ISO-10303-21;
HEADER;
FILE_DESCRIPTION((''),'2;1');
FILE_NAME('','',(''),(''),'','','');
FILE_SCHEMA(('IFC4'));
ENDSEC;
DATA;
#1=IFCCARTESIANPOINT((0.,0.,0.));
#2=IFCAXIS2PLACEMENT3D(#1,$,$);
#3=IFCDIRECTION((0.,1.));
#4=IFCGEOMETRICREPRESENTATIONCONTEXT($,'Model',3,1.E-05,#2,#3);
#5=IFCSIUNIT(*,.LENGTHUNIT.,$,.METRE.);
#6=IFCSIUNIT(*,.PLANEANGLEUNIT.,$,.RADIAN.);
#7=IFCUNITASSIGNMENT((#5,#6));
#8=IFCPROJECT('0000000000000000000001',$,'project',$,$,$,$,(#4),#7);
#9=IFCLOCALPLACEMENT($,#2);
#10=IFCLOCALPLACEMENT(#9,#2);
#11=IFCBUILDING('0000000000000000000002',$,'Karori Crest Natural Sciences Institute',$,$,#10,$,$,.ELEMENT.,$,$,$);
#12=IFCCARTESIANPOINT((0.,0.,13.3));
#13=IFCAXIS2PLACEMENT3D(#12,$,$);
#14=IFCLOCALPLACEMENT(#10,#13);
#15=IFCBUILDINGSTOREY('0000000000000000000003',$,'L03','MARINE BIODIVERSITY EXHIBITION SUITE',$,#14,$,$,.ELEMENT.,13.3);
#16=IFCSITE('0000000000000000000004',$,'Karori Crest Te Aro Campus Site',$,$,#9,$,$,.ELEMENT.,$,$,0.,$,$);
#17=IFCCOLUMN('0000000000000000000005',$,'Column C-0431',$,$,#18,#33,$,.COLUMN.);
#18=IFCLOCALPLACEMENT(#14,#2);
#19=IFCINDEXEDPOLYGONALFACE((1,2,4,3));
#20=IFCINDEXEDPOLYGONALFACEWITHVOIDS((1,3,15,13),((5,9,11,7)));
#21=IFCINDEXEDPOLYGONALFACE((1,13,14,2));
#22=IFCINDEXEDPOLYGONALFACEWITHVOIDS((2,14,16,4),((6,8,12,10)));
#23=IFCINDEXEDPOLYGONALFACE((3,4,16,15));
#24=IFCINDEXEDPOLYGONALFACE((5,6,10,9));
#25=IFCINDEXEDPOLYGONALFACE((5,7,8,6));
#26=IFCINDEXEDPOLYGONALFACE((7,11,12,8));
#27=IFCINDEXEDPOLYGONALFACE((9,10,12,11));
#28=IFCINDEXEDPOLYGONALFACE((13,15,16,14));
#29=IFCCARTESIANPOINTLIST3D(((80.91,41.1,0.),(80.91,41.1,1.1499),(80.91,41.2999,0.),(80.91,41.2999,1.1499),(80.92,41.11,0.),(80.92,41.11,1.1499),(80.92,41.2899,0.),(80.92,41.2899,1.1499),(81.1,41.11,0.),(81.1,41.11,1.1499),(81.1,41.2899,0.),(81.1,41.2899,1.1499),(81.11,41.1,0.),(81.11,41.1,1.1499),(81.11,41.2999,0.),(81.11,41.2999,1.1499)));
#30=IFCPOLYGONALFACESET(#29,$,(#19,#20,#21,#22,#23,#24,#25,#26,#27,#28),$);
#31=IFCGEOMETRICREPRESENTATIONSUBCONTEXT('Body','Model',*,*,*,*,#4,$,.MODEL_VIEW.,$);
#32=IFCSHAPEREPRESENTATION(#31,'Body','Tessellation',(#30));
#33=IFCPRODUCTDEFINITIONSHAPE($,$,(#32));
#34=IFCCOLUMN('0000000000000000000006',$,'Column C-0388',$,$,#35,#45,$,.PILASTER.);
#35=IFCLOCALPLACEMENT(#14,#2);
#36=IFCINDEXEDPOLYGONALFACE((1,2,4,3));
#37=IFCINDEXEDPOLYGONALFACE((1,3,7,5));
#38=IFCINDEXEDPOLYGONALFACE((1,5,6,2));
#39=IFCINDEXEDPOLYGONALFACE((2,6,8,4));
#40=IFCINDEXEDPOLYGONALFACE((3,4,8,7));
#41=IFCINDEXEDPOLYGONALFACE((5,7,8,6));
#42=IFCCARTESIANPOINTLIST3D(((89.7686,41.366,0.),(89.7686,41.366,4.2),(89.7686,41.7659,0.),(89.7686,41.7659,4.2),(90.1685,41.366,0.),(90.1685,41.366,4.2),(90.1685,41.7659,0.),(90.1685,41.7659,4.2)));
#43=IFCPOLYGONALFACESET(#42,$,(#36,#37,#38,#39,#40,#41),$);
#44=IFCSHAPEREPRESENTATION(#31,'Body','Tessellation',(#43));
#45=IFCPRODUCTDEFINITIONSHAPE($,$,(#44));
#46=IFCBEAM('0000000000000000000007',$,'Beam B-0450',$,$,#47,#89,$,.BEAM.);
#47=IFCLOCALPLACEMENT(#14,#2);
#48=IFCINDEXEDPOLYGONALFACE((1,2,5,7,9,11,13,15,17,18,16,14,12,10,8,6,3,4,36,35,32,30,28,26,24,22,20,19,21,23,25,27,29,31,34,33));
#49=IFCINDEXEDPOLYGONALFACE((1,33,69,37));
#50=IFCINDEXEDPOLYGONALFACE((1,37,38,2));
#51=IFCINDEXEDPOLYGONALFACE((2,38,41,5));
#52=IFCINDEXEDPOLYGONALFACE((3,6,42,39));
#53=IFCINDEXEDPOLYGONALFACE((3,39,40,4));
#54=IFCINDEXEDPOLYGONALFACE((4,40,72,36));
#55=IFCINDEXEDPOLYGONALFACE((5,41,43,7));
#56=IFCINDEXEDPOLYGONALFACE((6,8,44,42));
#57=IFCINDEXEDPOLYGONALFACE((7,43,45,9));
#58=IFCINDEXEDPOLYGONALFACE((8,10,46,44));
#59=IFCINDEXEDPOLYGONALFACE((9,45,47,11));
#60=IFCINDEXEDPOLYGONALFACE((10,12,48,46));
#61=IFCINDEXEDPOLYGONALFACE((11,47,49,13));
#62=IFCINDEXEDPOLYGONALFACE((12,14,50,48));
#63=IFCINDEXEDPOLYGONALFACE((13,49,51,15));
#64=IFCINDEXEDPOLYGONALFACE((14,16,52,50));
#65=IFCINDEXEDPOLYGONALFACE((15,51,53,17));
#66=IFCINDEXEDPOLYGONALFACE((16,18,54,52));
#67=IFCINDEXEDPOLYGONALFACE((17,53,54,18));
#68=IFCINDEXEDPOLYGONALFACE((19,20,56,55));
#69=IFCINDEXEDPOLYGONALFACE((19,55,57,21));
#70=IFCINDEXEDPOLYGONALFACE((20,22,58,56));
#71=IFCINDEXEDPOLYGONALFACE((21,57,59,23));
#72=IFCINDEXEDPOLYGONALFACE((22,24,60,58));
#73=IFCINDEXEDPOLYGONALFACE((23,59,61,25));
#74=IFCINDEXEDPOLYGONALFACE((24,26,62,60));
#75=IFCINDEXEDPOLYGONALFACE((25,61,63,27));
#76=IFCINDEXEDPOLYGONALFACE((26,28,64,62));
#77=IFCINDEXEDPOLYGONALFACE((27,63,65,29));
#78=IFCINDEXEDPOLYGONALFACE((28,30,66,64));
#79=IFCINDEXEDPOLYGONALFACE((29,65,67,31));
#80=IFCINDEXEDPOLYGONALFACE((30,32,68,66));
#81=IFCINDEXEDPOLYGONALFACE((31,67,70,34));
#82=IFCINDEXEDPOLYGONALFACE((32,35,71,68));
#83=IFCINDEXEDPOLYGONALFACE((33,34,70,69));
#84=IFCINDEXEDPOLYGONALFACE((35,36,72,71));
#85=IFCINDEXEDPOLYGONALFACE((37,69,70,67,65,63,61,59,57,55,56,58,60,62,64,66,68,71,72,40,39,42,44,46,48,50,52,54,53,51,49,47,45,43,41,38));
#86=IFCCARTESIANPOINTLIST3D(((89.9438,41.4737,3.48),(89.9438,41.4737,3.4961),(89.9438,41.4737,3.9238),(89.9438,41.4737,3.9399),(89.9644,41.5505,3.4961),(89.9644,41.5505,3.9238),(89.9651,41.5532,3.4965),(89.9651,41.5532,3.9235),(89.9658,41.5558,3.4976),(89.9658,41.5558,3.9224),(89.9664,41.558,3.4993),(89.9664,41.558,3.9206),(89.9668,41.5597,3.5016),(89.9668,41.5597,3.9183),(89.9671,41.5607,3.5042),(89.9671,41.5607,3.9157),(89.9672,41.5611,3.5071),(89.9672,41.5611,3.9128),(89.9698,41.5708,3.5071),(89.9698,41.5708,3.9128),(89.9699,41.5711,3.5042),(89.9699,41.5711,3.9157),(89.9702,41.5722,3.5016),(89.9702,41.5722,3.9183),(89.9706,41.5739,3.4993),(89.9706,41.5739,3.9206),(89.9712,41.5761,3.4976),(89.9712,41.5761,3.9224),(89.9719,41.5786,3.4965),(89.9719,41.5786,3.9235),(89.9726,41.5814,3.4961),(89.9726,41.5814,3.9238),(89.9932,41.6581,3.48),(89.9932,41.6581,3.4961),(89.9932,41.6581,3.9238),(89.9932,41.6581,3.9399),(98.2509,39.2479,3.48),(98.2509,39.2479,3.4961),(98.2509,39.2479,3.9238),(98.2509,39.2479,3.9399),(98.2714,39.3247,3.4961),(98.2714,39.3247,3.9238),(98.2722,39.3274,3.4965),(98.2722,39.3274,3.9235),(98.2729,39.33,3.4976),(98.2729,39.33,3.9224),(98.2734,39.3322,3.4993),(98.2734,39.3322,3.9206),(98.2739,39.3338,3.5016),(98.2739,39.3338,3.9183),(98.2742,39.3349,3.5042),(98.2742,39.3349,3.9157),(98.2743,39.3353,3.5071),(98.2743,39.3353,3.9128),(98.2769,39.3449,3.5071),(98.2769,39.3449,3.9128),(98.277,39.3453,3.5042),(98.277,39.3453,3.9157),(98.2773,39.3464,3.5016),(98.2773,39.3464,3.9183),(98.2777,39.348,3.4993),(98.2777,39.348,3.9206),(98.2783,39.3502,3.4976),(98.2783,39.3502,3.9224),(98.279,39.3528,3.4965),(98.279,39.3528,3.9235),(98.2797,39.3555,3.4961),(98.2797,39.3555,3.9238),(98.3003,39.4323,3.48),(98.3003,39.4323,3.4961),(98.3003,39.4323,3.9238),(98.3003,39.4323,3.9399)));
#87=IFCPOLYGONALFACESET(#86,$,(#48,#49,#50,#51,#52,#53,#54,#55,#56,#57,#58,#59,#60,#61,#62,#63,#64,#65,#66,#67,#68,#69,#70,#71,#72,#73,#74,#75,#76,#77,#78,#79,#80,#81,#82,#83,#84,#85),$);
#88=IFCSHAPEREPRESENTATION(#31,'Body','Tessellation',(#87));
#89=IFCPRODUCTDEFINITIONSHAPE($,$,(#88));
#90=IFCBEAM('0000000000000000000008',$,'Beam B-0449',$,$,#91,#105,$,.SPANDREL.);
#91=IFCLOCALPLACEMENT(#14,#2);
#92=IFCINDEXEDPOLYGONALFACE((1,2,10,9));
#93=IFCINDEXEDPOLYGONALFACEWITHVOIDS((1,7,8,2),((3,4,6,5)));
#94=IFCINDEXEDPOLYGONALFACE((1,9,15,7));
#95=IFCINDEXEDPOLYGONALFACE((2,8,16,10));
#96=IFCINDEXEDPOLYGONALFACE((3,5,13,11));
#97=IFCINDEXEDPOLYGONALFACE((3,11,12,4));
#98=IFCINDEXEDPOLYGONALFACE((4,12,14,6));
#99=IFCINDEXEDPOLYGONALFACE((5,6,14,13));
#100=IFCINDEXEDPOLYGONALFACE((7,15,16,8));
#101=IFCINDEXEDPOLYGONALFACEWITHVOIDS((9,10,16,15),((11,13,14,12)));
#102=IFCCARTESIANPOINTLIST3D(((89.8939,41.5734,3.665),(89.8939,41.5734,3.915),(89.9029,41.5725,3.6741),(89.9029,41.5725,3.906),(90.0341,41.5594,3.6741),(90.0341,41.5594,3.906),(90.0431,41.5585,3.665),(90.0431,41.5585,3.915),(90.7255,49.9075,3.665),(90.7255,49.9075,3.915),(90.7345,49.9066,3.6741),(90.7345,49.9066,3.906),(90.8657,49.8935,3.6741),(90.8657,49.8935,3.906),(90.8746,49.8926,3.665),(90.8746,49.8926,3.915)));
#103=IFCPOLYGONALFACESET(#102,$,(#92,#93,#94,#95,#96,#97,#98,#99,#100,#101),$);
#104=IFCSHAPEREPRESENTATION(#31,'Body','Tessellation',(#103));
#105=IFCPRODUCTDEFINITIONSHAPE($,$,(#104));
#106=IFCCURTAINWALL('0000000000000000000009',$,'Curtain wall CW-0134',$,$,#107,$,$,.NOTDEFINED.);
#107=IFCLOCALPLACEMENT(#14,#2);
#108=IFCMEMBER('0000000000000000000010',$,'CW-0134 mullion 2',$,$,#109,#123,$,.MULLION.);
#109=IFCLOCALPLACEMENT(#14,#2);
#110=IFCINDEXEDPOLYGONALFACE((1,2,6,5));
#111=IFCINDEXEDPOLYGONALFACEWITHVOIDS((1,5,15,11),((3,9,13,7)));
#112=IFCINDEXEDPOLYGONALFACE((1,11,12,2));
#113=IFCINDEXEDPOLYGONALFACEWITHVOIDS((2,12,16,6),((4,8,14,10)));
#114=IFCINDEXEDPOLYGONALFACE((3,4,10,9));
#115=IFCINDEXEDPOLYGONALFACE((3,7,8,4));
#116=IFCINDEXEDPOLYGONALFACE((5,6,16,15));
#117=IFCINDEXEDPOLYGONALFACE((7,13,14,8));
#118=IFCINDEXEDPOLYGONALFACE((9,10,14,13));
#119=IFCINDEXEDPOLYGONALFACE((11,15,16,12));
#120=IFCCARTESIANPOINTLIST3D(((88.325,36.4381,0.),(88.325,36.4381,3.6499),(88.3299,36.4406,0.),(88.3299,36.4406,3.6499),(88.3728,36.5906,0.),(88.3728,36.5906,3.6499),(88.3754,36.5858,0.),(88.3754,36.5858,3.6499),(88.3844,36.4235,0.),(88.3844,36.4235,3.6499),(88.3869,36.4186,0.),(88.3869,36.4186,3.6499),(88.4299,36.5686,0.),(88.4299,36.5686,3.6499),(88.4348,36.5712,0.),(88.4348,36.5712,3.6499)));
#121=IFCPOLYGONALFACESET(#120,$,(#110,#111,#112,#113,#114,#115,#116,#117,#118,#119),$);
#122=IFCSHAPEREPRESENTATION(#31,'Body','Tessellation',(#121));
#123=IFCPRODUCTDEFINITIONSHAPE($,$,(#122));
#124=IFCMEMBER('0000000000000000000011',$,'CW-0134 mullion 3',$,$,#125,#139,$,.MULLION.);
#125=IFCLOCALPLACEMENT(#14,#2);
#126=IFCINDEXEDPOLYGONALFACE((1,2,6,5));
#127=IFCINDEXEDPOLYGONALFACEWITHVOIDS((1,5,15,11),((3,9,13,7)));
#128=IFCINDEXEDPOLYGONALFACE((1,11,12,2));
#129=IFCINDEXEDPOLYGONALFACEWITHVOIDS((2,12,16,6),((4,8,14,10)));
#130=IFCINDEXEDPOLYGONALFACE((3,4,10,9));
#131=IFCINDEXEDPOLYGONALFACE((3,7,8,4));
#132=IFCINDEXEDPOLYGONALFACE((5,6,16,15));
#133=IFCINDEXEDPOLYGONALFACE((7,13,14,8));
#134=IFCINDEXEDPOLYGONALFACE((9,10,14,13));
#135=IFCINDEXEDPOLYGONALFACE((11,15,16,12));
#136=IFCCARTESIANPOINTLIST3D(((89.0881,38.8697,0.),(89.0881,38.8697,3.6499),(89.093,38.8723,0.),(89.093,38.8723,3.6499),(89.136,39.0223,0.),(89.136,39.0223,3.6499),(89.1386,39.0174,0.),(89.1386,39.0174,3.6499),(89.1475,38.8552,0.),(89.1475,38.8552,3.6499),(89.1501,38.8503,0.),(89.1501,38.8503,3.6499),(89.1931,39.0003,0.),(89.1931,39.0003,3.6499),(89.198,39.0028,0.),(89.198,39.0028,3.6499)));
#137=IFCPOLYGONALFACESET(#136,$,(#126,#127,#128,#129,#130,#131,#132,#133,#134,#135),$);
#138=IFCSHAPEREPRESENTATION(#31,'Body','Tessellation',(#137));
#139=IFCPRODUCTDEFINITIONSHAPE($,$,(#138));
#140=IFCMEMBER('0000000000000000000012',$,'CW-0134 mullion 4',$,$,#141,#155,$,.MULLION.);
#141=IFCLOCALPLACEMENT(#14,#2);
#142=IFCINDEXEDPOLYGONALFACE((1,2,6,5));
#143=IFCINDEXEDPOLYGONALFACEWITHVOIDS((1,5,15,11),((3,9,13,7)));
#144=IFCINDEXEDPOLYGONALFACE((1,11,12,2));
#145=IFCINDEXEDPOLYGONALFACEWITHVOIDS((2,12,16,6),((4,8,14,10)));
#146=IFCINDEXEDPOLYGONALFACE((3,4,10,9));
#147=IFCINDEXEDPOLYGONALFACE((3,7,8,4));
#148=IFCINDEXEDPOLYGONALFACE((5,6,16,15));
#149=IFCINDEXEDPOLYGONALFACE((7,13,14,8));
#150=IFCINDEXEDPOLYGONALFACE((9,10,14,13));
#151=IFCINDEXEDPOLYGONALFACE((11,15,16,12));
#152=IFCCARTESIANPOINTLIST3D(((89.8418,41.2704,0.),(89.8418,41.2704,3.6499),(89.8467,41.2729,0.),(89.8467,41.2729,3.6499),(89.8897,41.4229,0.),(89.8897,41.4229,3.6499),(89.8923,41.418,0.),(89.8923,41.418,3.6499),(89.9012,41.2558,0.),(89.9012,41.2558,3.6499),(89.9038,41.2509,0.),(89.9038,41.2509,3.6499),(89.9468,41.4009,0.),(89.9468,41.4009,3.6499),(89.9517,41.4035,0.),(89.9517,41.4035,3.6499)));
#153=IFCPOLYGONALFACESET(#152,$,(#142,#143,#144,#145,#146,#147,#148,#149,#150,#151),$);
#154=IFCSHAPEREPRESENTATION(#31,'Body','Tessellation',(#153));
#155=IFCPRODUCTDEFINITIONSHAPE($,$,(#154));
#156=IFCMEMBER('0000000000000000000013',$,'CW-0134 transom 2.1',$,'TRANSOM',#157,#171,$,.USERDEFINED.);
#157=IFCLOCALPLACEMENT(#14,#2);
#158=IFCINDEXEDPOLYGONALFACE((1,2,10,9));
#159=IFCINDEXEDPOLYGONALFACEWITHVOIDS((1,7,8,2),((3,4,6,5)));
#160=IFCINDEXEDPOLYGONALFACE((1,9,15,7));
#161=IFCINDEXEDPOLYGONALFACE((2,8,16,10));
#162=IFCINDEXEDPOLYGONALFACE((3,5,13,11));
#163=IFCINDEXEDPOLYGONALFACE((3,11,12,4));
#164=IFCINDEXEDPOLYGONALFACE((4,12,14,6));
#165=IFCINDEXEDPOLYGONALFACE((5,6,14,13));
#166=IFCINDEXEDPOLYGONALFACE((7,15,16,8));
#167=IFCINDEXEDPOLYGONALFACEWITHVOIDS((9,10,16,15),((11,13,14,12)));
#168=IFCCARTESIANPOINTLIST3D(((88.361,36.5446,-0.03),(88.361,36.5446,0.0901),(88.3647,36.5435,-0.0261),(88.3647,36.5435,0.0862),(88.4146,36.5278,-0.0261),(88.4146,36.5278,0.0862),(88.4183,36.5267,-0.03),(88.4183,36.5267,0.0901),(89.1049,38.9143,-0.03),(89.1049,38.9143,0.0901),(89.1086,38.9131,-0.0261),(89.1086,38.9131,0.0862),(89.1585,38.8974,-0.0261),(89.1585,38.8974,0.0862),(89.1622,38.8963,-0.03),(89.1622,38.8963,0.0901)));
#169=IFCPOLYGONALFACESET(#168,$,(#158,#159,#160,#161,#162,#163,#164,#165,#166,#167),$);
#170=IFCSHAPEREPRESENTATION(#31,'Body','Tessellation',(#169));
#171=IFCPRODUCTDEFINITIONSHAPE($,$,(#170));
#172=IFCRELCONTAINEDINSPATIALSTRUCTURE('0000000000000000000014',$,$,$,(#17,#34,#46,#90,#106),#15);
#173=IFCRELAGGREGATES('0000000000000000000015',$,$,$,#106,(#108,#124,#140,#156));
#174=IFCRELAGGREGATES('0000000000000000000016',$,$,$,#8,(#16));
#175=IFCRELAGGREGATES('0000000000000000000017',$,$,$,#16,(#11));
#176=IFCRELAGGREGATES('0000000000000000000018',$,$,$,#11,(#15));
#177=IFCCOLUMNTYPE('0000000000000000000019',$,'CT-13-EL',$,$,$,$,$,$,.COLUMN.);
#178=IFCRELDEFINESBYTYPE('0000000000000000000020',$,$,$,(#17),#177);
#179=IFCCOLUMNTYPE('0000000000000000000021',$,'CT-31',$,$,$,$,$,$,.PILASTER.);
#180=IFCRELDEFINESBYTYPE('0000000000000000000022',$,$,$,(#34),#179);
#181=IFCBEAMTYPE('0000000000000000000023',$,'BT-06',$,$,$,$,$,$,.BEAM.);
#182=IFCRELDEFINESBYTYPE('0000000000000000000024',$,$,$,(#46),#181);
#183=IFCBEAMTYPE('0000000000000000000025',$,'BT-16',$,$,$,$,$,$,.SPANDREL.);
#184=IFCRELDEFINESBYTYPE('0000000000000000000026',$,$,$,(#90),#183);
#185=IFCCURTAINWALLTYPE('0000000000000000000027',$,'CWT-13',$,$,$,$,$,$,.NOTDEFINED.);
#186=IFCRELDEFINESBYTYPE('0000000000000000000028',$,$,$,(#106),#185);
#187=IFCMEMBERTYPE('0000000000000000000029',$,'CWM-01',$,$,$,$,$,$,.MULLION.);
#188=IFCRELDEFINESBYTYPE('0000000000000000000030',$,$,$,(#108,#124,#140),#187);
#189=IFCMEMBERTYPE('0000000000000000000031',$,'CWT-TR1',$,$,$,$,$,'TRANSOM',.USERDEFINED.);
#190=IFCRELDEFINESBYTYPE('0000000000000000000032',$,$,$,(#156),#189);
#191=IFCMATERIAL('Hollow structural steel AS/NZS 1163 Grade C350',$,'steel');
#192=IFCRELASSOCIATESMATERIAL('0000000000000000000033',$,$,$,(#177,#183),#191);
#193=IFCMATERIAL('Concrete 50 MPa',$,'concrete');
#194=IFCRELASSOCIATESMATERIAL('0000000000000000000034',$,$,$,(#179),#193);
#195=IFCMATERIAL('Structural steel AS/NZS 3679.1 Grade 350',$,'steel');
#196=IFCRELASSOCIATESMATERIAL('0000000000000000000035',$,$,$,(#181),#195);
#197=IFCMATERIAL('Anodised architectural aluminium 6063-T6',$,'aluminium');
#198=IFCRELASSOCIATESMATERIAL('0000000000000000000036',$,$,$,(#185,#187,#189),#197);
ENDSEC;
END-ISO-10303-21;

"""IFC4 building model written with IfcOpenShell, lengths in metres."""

from ifc_helpers import new_model, si_unit, direction, frame, origin, origin_2d, place, context, subcontext, project, spatial, rectangle, hollow_rectangle, i_section, extrude, material, material_profile, profile_set, type_object, element, aggregate, save


model = new_model("IFC4")

# Units and contexts
model_context = context("Model", 3, precision=1e-05, world=origin(), true_north=direction((0.0, 1.0)))
body_context = subcontext(model_context, "Body", "Model", "MODEL_VIEW")
ifc_project = project(units=[si_unit("LENGTHUNIT", "METRE"), si_unit("PLANEANGLEUNIT", "RADIAN")], contexts=[model_context])

# Site, building, storey
site_placement = place(None, origin())
site = spatial("IfcSite", under=ifc_project, at=site_placement, Name="Karori Crest Te Aro Campus Site", CompositionType="ELEMENT", RefElevation=0.0)
building_placement = place(site_placement, origin())
building = spatial("IfcBuilding", under=site, at=building_placement, Name="Karori Crest Natural Sciences Institute", CompositionType="ELEMENT")
storey_placement = place(building_placement, frame((0.0, 0.0, 13.3)))
storey = spatial("IfcBuildingStorey", under=building, at=storey_placement, Name="L03", Description="MARINE BIODIVERSITY EXHIBITION SUITE", CompositionType="ELEMENT", Elevation=13.3)

# Columns
ifc_material_1 = material(Name="Hollow structural steel AS/NZS 1163 Grade C350", Category="steel")
ifc_material_profile_1 = material_profile(ifc_material_1, hollow_rectangle(XDim=0.2, YDim=0.2, WallThickness=0.01, at=origin_2d()), Name="SHS200x200x10")
ifc_profile_set_1 = profile_set([ifc_material_profile_1], Name="Hollow structural steel AS/NZS 1163 Grade C350")
column_type_1 = type_object("IfcColumnType", Name="CT-13-EL", PredefinedType="COLUMN", material=ifc_profile_set_1)
column_1_placement = place(storey_placement, frame((81.01, 41.2, 0.0), z_axis=(0.0, 0.0, 1.0), x_axis=(1.0, 0.0, 0.0)))
element("IfcColumn", 1, at=column_1_placement, inside=storey, type_object=column_type_1, Name="Column C-0431", PredefinedType="COLUMN", context=body_context, shape_type="SweptSolid", body=[
    extrude(hollow_rectangle(XDim=0.2, YDim=0.2, WallThickness=0.01, at=origin_2d()), origin(), (0.0, 0.0, 1.0), 1.1499),
])
ifc_material_2 = material(Name="Concrete 50 MPa", Category="concrete")
ifc_material_profile_2 = material_profile(ifc_material_2, rectangle(XDim=0.3999, YDim=0.3999, at=origin_2d()), Name="RC400x400")
ifc_profile_set_2 = profile_set([ifc_material_profile_2], Name="Concrete 50 MPa")
column_type_2 = type_object("IfcColumnType", Name="CT-31", PredefinedType="PILASTER", material=ifc_profile_set_2)
column_2_placement = place(storey_placement, frame((89.9685, 41.5659, 0.0), z_axis=(0.0, 0.0, 1.0), x_axis=(1.0, 0.0, 0.0)))
element("IfcColumn", 2, at=column_2_placement, inside=storey, type_object=column_type_2, Name="Column C-0388", PredefinedType="PILASTER", context=body_context, shape_type="SweptSolid", body=[
    extrude(rectangle(XDim=0.3999, YDim=0.3999, at=origin_2d()), origin(), (0.0, 0.0, 1.0), 4.2),
])

# Beams
ifc_material_3 = material(Name="Structural steel AS/NZS 3679.1 Grade 350", Category="steel")
ifc_material_profile_3 = material_profile(ifc_material_3, i_section(OverallWidth=0.1909, OverallDepth=0.46, WebThickness=0.01, FlangeThickness=0.0161, FilletRadius=0.011, at=origin_2d()), Name="460UB82.1")
ifc_profile_set_3 = profile_set([ifc_material_profile_3], Name="Structural steel AS/NZS 3679.1 Grade 350")
beam_type_1 = type_object("IfcBeamType", Name="BT-06", PredefinedType="BEAM", material=ifc_profile_set_3)
beam_1_placement = place(storey_placement, frame((89.9685, 41.5659, 3.71), z_axis=(0.965928, -0.258813, 0.0), x_axis=(0.258813, 0.965928, 0.0)))
element("IfcBeam", 3, at=beam_1_placement, inside=storey, type_object=beam_type_1, Name="Beam B-0450", PredefinedType="BEAM", context=body_context, shape_type="SweptSolid", body=[
    extrude(i_section(OverallWidth=0.1909, OverallDepth=0.46, WebThickness=0.01, FlangeThickness=0.0161, FilletRadius=0.011, at=origin_2d()), origin(), (0.0, 0.0, 1.0), 8.6001),
])
ifc_material_profile_4 = material_profile(ifc_material_1, hollow_rectangle(XDim=0.1499, YDim=0.25, WallThickness=0.009, at=origin_2d()), Name="RHS250x150x9")
ifc_profile_set_4 = profile_set([ifc_material_profile_4], Name="Hollow structural steel AS/NZS 1163 Grade C350")
beam_type_2 = type_object("IfcBeamType", Name="BT-16", PredefinedType="SPANDREL", material=ifc_profile_set_4)
beam_2_placement = place(storey_placement, frame((89.9685, 41.5659, 3.79), z_axis=(0.099284, 0.995059, 0.0), x_axis=(-0.995059, 0.099284, 0.0)))
element("IfcBeam", 4, at=beam_2_placement, inside=storey, type_object=beam_type_2, Name="Beam B-0449", PredefinedType="SPANDREL", context=body_context, shape_type="SweptSolid", body=[
    extrude(hollow_rectangle(XDim=0.1499, YDim=0.25, WallThickness=0.009, at=origin_2d()), origin(), (0.0, 0.0, 1.0), 8.3755),
])

# Curtain wall, members
ifc_material_4 = material(Name="Anodised architectural aluminium 6063-T6", Category="aluminium")
curtain_wall_type = type_object("IfcCurtainWallType", Name="CWT-13", PredefinedType="NOTDEFINED", material=ifc_material_4)
curtain_wall_placement = place(storey_placement, origin())
curtain_wall = element("IfcCurtainWall", 5, at=curtain_wall_placement, inside=storey, type_object=curtain_wall_type, Name="Curtain wall CW-0134", PredefinedType="NOTDEFINED")
ifc_material_profile_5 = material_profile(ifc_material_4, hollow_rectangle(XDim=0.0649, YDim=0.1599, WallThickness=0.0039, at=origin_2d()), Name="CWM160x65x4")
ifc_profile_set_5 = profile_set([ifc_material_profile_5], Name="Anodised architectural aluminium 6063-T6")
member_type_1 = type_object("IfcMemberType", Name="CWM-01", PredefinedType="MULLION", material=ifc_profile_set_5)
member_1_placement = place(storey_placement, frame((88.3799, 36.5046, 0.0), z_axis=(0.0, 0.0, 1.0), x_axis=(-0.954104, 0.299475, 0.0)))
member_1 = element("IfcMember", 6, at=member_1_placement, type_object=member_type_1, Name="CW-0134 mullion 2", PredefinedType="MULLION", context=body_context, shape_type="SweptSolid", body=[
    extrude(hollow_rectangle(XDim=0.0649, YDim=0.1599, WallThickness=0.0039, at=origin_2d()), origin(), (0.0, 0.0, 1.0), 3.6499),
])
member_2_placement = place(storey_placement, frame((89.1431, 38.9363, 0.0), z_axis=(0.0, 0.0, 1.0), x_axis=(-0.954104, 0.299475, 0.0)))
member_2 = element("IfcMember", 7, at=member_2_placement, type_object=member_type_1, Name="CW-0134 mullion 3", PredefinedType="MULLION", context=body_context, shape_type="SweptSolid", body=[
    extrude(hollow_rectangle(XDim=0.0649, YDim=0.1599, WallThickness=0.0039, at=origin_2d()), origin(), (0.0, 0.0, 1.0), 3.6499),
])
member_3_placement = place(storey_placement, frame((89.8967, 41.3369, 0.0), z_axis=(0.0, 0.0, 1.0), x_axis=(-0.954104, 0.299475, 0.0)))
member_3 = element("IfcMember", 8, at=member_3_placement, type_object=member_type_1, Name="CW-0134 mullion 4", PredefinedType="MULLION", context=body_context, shape_type="SweptSolid", body=[
    extrude(hollow_rectangle(XDim=0.0649, YDim=0.1599, WallThickness=0.0039, at=origin_2d()), origin(), (0.0, 0.0, 1.0), 3.6499),
])
ifc_material_profile_6 = material_profile(ifc_material_4, hollow_rectangle(XDim=0.0601, YDim=0.1201, WallThickness=0.0039, at=origin_2d()), Name="CWT120x60x4")
ifc_profile_set_6 = profile_set([ifc_material_profile_6], Name="Anodised architectural aluminium 6063-T6")
member_type_2 = type_object("IfcMemberType", Name="CWT-TR1", ElementType="TRANSOM", PredefinedType="USERDEFINED", material=ifc_profile_set_6)
member_4_placement = place(storey_placement, frame((88.3896, 36.5356, 0.03), z_axis=(0.299517, 0.954091, 0.0), x_axis=(-0.954091, 0.299517, 0.0)))
member_4 = element("IfcMember", 9, at=member_4_placement, type_object=member_type_2, Name="CW-0134 transom 2.1", ObjectType="TRANSOM", PredefinedType="USERDEFINED", context=body_context, shape_type="SweptSolid", body=[
    extrude(hollow_rectangle(XDim=0.0601, YDim=0.1201, WallThickness=0.0039, at=origin_2d()), origin(), (0.0, 0.0, 1.0), 2.4836),
])
aggregate(curtain_wall, [member_1, member_2, member_3, member_4])

save(model, "model.ifc")
